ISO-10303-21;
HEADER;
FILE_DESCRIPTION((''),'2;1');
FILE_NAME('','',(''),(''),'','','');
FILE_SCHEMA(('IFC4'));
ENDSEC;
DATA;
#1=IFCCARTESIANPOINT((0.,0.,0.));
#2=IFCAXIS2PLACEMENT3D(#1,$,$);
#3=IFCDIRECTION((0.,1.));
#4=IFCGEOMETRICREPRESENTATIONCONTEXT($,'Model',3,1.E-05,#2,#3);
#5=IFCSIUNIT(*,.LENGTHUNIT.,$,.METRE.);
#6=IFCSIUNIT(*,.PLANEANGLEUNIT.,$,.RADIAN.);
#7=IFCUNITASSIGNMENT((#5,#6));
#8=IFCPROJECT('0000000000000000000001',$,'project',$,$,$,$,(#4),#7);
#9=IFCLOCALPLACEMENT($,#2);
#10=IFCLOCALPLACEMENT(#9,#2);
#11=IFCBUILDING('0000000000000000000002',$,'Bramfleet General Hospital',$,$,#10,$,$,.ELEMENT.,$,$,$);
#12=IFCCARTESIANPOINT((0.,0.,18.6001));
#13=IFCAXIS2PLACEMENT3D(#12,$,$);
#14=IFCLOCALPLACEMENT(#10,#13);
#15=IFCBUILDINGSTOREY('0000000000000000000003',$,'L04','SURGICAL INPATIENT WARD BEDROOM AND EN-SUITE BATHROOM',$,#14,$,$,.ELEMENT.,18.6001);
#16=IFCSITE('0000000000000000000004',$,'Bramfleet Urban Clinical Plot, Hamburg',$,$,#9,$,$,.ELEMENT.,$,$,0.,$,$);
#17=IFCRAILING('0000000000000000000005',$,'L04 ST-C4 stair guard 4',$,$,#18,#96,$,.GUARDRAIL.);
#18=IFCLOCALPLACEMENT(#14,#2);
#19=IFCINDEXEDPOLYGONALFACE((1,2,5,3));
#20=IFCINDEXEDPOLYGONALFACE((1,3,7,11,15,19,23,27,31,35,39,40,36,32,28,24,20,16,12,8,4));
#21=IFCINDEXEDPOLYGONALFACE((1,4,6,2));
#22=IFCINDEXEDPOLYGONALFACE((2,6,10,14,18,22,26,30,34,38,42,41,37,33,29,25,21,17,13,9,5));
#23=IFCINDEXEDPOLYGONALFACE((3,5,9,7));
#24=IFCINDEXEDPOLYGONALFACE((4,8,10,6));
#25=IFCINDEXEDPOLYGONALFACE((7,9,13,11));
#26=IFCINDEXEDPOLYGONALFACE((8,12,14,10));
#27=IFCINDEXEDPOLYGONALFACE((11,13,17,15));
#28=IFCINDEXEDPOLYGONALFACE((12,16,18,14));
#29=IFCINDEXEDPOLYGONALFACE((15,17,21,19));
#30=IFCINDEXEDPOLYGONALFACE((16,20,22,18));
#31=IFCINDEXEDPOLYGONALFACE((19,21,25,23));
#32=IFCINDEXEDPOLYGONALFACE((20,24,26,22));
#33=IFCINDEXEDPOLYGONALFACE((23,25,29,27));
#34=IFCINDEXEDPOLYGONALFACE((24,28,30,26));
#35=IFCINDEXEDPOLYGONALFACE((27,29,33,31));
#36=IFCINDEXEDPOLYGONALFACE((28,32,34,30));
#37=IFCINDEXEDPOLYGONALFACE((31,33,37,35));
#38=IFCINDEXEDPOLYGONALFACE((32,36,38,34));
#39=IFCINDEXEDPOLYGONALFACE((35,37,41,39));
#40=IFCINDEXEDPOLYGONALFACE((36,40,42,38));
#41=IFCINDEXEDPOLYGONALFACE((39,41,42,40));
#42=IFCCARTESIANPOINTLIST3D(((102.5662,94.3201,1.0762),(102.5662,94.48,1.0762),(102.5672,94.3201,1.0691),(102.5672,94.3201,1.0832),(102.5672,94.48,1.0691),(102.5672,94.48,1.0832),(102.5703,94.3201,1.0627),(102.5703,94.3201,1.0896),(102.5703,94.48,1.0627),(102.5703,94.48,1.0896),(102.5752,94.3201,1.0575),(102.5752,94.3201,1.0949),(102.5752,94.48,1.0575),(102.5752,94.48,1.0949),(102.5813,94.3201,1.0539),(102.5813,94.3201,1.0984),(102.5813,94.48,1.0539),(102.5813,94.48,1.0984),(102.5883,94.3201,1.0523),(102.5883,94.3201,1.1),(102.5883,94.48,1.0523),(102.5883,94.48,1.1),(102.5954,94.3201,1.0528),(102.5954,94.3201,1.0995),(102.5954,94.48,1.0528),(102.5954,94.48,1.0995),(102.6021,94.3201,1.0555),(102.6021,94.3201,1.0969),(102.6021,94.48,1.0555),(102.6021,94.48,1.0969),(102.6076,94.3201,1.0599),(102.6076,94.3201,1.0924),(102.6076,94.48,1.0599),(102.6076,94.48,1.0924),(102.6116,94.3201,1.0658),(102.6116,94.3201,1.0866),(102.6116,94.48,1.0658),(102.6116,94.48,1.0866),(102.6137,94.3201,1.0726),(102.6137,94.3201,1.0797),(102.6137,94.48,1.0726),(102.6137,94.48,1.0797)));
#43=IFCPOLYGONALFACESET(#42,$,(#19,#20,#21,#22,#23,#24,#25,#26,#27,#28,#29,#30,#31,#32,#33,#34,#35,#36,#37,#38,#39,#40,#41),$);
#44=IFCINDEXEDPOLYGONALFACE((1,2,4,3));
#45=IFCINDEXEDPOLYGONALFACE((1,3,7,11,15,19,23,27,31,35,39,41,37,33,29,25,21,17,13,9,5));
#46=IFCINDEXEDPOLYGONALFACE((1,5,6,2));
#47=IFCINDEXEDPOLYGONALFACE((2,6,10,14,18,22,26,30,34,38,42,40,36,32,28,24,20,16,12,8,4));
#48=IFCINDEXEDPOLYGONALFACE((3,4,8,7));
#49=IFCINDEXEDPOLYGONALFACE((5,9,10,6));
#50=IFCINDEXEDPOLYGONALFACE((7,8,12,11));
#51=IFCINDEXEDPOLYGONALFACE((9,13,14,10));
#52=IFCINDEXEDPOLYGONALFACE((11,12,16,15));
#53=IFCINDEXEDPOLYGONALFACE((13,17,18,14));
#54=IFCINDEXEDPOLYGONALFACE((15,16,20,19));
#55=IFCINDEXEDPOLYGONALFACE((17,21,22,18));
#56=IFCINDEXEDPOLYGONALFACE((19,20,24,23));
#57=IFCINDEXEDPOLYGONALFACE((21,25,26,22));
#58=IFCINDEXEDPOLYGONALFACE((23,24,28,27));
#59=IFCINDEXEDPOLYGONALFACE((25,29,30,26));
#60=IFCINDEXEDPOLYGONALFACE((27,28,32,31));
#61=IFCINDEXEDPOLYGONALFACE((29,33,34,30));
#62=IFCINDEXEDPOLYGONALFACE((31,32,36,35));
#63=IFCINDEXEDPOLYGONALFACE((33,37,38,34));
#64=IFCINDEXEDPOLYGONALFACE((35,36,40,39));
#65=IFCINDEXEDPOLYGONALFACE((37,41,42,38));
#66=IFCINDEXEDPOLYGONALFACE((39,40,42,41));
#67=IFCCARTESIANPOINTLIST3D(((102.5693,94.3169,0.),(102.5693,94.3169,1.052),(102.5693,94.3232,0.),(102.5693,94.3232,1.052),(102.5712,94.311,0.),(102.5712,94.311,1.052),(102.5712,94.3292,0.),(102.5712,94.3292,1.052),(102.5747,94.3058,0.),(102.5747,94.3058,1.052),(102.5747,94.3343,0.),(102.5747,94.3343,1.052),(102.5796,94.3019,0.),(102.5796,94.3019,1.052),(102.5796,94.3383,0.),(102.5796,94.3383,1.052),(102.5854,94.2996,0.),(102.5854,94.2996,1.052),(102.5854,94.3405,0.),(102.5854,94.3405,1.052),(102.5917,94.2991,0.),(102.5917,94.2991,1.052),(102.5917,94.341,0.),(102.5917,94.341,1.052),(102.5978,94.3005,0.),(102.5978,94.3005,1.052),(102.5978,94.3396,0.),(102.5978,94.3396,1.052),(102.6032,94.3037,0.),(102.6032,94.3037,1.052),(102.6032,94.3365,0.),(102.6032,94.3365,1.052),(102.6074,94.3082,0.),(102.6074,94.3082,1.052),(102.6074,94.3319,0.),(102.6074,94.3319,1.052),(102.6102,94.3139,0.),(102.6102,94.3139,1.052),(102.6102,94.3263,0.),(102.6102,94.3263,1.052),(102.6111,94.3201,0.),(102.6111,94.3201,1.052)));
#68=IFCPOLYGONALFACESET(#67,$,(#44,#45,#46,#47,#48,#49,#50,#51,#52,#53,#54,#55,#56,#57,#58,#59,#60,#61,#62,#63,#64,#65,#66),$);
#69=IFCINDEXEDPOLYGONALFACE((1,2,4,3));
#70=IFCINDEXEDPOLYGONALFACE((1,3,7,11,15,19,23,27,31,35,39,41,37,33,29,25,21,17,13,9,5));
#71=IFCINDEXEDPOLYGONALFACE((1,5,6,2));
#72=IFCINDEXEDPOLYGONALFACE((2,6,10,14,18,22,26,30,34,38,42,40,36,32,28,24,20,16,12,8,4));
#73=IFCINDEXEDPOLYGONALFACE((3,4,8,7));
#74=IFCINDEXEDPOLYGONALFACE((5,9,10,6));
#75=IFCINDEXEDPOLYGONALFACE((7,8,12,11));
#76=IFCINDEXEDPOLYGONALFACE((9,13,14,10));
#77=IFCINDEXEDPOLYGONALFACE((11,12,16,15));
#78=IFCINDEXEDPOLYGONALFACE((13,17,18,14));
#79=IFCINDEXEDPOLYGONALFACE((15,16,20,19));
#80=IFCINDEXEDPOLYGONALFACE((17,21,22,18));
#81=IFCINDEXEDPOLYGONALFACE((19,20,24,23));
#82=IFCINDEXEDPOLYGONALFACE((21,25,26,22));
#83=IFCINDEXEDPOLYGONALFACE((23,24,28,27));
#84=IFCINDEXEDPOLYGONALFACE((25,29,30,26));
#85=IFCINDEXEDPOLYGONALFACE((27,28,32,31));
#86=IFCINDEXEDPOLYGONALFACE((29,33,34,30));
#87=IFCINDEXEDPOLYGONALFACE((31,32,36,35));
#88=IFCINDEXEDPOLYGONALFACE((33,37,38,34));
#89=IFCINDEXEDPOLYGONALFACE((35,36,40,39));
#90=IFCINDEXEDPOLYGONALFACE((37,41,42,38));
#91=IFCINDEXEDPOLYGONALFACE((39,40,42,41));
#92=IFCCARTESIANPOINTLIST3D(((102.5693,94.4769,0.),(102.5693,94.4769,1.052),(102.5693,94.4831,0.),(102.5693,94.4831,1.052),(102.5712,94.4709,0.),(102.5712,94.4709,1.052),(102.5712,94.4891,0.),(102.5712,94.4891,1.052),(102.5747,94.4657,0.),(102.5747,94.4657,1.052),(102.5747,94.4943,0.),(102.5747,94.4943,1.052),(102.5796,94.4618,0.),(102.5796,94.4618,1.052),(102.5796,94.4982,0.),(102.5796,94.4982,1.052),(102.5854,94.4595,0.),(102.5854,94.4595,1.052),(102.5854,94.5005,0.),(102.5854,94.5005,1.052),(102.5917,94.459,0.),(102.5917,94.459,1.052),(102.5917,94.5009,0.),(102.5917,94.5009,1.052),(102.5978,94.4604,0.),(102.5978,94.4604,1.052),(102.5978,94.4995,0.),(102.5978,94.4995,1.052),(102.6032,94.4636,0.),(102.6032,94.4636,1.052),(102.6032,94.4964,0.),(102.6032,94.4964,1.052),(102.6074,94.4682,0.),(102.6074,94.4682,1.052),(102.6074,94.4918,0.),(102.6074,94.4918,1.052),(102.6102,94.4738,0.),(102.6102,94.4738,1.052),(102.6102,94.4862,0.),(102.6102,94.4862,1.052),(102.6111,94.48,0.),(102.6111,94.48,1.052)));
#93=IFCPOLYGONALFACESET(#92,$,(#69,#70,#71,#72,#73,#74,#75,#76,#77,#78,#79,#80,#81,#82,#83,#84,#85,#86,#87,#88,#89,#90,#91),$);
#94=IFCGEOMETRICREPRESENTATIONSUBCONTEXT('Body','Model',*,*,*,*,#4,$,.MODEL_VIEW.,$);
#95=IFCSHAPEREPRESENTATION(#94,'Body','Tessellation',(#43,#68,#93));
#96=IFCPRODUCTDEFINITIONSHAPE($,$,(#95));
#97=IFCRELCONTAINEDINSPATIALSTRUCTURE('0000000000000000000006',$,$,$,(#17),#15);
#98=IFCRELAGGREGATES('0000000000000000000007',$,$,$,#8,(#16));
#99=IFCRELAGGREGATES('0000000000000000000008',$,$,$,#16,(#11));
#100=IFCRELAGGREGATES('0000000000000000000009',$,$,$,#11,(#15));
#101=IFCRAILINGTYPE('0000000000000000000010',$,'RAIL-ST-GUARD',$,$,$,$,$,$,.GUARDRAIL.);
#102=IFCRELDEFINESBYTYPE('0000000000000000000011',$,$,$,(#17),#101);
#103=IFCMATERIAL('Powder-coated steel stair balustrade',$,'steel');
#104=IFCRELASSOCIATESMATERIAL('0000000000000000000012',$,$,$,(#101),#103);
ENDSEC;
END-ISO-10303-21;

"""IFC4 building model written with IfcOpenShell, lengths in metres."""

from ifc_helpers import new_model, si_unit, direction, frame, origin, origin_2d, place, context, subcontext, project, spatial, circle, extrude, material, type_object, element, save


model = new_model("IFC4")

# Units and contexts
model_context = context("Model", 3, precision=1e-05, world=origin(), true_north=direction((0.0, 1.0)))
body_context = subcontext(model_context, "Body", "Model", "MODEL_VIEW")
ifc_project = project(units=[si_unit("LENGTHUNIT", "METRE"), si_unit("PLANEANGLEUNIT", "RADIAN")], contexts=[model_context])

# Site, building, storey
site_placement = place(None, origin())
site = spatial("IfcSite", under=ifc_project, at=site_placement, Name="Bramfleet Urban Clinical Plot, Hamburg", CompositionType="ELEMENT", RefElevation=0.0)
building_placement = place(site_placement, origin())
building = spatial("IfcBuilding", under=site, at=building_placement, Name="Bramfleet General Hospital", CompositionType="ELEMENT")
storey_placement = place(building_placement, frame((0.0, 0.0, 18.6001)))
storey = spatial("IfcBuildingStorey", under=building, at=storey_placement, Name="L04", Description="SURGICAL INPATIENT WARD BEDROOM AND EN-SUITE BATHROOM", CompositionType="ELEMENT", Elevation=18.6001)

# Railing
ifc_material_1 = material(Name="Powder-coated steel stair balustrade", Category="steel")
railing_type_1 = type_object("IfcRailingType", Name="RAIL-ST-GUARD", PredefinedType="GUARDRAIL", material=ifc_material_1)
railing_1_placement = place(storey_placement, frame((102.5901, 94.3201, 0.0)))
element("IfcRailing", 1, at=railing_1_placement, inside=storey, type_object=railing_type_1, Name="L04 ST-C4 stair guard 4", PredefinedType="GUARDRAIL", context=body_context, shape_type="SweptSolid", body=[
    extrude(circle(Radius=0.0239, at=origin_2d()), frame((0.0, 0.0, 1.0762), z_axis=(0.0, 1.0, 0.0), x_axis=(-1.0, 0.0, 0.0)), (0.0, 0.0, 1.0), 0.1599),
    extrude(circle(Radius=0.021, at=origin_2d()), origin(), (0.0, 0.0, 1.0), 1.052),
    extrude(circle(Radius=0.021, at=origin_2d()), frame((0.0, 0.1599, 0.0)), (0.0, 0.0, 1.0), 1.052),
])

save(model, "model.ifc")
